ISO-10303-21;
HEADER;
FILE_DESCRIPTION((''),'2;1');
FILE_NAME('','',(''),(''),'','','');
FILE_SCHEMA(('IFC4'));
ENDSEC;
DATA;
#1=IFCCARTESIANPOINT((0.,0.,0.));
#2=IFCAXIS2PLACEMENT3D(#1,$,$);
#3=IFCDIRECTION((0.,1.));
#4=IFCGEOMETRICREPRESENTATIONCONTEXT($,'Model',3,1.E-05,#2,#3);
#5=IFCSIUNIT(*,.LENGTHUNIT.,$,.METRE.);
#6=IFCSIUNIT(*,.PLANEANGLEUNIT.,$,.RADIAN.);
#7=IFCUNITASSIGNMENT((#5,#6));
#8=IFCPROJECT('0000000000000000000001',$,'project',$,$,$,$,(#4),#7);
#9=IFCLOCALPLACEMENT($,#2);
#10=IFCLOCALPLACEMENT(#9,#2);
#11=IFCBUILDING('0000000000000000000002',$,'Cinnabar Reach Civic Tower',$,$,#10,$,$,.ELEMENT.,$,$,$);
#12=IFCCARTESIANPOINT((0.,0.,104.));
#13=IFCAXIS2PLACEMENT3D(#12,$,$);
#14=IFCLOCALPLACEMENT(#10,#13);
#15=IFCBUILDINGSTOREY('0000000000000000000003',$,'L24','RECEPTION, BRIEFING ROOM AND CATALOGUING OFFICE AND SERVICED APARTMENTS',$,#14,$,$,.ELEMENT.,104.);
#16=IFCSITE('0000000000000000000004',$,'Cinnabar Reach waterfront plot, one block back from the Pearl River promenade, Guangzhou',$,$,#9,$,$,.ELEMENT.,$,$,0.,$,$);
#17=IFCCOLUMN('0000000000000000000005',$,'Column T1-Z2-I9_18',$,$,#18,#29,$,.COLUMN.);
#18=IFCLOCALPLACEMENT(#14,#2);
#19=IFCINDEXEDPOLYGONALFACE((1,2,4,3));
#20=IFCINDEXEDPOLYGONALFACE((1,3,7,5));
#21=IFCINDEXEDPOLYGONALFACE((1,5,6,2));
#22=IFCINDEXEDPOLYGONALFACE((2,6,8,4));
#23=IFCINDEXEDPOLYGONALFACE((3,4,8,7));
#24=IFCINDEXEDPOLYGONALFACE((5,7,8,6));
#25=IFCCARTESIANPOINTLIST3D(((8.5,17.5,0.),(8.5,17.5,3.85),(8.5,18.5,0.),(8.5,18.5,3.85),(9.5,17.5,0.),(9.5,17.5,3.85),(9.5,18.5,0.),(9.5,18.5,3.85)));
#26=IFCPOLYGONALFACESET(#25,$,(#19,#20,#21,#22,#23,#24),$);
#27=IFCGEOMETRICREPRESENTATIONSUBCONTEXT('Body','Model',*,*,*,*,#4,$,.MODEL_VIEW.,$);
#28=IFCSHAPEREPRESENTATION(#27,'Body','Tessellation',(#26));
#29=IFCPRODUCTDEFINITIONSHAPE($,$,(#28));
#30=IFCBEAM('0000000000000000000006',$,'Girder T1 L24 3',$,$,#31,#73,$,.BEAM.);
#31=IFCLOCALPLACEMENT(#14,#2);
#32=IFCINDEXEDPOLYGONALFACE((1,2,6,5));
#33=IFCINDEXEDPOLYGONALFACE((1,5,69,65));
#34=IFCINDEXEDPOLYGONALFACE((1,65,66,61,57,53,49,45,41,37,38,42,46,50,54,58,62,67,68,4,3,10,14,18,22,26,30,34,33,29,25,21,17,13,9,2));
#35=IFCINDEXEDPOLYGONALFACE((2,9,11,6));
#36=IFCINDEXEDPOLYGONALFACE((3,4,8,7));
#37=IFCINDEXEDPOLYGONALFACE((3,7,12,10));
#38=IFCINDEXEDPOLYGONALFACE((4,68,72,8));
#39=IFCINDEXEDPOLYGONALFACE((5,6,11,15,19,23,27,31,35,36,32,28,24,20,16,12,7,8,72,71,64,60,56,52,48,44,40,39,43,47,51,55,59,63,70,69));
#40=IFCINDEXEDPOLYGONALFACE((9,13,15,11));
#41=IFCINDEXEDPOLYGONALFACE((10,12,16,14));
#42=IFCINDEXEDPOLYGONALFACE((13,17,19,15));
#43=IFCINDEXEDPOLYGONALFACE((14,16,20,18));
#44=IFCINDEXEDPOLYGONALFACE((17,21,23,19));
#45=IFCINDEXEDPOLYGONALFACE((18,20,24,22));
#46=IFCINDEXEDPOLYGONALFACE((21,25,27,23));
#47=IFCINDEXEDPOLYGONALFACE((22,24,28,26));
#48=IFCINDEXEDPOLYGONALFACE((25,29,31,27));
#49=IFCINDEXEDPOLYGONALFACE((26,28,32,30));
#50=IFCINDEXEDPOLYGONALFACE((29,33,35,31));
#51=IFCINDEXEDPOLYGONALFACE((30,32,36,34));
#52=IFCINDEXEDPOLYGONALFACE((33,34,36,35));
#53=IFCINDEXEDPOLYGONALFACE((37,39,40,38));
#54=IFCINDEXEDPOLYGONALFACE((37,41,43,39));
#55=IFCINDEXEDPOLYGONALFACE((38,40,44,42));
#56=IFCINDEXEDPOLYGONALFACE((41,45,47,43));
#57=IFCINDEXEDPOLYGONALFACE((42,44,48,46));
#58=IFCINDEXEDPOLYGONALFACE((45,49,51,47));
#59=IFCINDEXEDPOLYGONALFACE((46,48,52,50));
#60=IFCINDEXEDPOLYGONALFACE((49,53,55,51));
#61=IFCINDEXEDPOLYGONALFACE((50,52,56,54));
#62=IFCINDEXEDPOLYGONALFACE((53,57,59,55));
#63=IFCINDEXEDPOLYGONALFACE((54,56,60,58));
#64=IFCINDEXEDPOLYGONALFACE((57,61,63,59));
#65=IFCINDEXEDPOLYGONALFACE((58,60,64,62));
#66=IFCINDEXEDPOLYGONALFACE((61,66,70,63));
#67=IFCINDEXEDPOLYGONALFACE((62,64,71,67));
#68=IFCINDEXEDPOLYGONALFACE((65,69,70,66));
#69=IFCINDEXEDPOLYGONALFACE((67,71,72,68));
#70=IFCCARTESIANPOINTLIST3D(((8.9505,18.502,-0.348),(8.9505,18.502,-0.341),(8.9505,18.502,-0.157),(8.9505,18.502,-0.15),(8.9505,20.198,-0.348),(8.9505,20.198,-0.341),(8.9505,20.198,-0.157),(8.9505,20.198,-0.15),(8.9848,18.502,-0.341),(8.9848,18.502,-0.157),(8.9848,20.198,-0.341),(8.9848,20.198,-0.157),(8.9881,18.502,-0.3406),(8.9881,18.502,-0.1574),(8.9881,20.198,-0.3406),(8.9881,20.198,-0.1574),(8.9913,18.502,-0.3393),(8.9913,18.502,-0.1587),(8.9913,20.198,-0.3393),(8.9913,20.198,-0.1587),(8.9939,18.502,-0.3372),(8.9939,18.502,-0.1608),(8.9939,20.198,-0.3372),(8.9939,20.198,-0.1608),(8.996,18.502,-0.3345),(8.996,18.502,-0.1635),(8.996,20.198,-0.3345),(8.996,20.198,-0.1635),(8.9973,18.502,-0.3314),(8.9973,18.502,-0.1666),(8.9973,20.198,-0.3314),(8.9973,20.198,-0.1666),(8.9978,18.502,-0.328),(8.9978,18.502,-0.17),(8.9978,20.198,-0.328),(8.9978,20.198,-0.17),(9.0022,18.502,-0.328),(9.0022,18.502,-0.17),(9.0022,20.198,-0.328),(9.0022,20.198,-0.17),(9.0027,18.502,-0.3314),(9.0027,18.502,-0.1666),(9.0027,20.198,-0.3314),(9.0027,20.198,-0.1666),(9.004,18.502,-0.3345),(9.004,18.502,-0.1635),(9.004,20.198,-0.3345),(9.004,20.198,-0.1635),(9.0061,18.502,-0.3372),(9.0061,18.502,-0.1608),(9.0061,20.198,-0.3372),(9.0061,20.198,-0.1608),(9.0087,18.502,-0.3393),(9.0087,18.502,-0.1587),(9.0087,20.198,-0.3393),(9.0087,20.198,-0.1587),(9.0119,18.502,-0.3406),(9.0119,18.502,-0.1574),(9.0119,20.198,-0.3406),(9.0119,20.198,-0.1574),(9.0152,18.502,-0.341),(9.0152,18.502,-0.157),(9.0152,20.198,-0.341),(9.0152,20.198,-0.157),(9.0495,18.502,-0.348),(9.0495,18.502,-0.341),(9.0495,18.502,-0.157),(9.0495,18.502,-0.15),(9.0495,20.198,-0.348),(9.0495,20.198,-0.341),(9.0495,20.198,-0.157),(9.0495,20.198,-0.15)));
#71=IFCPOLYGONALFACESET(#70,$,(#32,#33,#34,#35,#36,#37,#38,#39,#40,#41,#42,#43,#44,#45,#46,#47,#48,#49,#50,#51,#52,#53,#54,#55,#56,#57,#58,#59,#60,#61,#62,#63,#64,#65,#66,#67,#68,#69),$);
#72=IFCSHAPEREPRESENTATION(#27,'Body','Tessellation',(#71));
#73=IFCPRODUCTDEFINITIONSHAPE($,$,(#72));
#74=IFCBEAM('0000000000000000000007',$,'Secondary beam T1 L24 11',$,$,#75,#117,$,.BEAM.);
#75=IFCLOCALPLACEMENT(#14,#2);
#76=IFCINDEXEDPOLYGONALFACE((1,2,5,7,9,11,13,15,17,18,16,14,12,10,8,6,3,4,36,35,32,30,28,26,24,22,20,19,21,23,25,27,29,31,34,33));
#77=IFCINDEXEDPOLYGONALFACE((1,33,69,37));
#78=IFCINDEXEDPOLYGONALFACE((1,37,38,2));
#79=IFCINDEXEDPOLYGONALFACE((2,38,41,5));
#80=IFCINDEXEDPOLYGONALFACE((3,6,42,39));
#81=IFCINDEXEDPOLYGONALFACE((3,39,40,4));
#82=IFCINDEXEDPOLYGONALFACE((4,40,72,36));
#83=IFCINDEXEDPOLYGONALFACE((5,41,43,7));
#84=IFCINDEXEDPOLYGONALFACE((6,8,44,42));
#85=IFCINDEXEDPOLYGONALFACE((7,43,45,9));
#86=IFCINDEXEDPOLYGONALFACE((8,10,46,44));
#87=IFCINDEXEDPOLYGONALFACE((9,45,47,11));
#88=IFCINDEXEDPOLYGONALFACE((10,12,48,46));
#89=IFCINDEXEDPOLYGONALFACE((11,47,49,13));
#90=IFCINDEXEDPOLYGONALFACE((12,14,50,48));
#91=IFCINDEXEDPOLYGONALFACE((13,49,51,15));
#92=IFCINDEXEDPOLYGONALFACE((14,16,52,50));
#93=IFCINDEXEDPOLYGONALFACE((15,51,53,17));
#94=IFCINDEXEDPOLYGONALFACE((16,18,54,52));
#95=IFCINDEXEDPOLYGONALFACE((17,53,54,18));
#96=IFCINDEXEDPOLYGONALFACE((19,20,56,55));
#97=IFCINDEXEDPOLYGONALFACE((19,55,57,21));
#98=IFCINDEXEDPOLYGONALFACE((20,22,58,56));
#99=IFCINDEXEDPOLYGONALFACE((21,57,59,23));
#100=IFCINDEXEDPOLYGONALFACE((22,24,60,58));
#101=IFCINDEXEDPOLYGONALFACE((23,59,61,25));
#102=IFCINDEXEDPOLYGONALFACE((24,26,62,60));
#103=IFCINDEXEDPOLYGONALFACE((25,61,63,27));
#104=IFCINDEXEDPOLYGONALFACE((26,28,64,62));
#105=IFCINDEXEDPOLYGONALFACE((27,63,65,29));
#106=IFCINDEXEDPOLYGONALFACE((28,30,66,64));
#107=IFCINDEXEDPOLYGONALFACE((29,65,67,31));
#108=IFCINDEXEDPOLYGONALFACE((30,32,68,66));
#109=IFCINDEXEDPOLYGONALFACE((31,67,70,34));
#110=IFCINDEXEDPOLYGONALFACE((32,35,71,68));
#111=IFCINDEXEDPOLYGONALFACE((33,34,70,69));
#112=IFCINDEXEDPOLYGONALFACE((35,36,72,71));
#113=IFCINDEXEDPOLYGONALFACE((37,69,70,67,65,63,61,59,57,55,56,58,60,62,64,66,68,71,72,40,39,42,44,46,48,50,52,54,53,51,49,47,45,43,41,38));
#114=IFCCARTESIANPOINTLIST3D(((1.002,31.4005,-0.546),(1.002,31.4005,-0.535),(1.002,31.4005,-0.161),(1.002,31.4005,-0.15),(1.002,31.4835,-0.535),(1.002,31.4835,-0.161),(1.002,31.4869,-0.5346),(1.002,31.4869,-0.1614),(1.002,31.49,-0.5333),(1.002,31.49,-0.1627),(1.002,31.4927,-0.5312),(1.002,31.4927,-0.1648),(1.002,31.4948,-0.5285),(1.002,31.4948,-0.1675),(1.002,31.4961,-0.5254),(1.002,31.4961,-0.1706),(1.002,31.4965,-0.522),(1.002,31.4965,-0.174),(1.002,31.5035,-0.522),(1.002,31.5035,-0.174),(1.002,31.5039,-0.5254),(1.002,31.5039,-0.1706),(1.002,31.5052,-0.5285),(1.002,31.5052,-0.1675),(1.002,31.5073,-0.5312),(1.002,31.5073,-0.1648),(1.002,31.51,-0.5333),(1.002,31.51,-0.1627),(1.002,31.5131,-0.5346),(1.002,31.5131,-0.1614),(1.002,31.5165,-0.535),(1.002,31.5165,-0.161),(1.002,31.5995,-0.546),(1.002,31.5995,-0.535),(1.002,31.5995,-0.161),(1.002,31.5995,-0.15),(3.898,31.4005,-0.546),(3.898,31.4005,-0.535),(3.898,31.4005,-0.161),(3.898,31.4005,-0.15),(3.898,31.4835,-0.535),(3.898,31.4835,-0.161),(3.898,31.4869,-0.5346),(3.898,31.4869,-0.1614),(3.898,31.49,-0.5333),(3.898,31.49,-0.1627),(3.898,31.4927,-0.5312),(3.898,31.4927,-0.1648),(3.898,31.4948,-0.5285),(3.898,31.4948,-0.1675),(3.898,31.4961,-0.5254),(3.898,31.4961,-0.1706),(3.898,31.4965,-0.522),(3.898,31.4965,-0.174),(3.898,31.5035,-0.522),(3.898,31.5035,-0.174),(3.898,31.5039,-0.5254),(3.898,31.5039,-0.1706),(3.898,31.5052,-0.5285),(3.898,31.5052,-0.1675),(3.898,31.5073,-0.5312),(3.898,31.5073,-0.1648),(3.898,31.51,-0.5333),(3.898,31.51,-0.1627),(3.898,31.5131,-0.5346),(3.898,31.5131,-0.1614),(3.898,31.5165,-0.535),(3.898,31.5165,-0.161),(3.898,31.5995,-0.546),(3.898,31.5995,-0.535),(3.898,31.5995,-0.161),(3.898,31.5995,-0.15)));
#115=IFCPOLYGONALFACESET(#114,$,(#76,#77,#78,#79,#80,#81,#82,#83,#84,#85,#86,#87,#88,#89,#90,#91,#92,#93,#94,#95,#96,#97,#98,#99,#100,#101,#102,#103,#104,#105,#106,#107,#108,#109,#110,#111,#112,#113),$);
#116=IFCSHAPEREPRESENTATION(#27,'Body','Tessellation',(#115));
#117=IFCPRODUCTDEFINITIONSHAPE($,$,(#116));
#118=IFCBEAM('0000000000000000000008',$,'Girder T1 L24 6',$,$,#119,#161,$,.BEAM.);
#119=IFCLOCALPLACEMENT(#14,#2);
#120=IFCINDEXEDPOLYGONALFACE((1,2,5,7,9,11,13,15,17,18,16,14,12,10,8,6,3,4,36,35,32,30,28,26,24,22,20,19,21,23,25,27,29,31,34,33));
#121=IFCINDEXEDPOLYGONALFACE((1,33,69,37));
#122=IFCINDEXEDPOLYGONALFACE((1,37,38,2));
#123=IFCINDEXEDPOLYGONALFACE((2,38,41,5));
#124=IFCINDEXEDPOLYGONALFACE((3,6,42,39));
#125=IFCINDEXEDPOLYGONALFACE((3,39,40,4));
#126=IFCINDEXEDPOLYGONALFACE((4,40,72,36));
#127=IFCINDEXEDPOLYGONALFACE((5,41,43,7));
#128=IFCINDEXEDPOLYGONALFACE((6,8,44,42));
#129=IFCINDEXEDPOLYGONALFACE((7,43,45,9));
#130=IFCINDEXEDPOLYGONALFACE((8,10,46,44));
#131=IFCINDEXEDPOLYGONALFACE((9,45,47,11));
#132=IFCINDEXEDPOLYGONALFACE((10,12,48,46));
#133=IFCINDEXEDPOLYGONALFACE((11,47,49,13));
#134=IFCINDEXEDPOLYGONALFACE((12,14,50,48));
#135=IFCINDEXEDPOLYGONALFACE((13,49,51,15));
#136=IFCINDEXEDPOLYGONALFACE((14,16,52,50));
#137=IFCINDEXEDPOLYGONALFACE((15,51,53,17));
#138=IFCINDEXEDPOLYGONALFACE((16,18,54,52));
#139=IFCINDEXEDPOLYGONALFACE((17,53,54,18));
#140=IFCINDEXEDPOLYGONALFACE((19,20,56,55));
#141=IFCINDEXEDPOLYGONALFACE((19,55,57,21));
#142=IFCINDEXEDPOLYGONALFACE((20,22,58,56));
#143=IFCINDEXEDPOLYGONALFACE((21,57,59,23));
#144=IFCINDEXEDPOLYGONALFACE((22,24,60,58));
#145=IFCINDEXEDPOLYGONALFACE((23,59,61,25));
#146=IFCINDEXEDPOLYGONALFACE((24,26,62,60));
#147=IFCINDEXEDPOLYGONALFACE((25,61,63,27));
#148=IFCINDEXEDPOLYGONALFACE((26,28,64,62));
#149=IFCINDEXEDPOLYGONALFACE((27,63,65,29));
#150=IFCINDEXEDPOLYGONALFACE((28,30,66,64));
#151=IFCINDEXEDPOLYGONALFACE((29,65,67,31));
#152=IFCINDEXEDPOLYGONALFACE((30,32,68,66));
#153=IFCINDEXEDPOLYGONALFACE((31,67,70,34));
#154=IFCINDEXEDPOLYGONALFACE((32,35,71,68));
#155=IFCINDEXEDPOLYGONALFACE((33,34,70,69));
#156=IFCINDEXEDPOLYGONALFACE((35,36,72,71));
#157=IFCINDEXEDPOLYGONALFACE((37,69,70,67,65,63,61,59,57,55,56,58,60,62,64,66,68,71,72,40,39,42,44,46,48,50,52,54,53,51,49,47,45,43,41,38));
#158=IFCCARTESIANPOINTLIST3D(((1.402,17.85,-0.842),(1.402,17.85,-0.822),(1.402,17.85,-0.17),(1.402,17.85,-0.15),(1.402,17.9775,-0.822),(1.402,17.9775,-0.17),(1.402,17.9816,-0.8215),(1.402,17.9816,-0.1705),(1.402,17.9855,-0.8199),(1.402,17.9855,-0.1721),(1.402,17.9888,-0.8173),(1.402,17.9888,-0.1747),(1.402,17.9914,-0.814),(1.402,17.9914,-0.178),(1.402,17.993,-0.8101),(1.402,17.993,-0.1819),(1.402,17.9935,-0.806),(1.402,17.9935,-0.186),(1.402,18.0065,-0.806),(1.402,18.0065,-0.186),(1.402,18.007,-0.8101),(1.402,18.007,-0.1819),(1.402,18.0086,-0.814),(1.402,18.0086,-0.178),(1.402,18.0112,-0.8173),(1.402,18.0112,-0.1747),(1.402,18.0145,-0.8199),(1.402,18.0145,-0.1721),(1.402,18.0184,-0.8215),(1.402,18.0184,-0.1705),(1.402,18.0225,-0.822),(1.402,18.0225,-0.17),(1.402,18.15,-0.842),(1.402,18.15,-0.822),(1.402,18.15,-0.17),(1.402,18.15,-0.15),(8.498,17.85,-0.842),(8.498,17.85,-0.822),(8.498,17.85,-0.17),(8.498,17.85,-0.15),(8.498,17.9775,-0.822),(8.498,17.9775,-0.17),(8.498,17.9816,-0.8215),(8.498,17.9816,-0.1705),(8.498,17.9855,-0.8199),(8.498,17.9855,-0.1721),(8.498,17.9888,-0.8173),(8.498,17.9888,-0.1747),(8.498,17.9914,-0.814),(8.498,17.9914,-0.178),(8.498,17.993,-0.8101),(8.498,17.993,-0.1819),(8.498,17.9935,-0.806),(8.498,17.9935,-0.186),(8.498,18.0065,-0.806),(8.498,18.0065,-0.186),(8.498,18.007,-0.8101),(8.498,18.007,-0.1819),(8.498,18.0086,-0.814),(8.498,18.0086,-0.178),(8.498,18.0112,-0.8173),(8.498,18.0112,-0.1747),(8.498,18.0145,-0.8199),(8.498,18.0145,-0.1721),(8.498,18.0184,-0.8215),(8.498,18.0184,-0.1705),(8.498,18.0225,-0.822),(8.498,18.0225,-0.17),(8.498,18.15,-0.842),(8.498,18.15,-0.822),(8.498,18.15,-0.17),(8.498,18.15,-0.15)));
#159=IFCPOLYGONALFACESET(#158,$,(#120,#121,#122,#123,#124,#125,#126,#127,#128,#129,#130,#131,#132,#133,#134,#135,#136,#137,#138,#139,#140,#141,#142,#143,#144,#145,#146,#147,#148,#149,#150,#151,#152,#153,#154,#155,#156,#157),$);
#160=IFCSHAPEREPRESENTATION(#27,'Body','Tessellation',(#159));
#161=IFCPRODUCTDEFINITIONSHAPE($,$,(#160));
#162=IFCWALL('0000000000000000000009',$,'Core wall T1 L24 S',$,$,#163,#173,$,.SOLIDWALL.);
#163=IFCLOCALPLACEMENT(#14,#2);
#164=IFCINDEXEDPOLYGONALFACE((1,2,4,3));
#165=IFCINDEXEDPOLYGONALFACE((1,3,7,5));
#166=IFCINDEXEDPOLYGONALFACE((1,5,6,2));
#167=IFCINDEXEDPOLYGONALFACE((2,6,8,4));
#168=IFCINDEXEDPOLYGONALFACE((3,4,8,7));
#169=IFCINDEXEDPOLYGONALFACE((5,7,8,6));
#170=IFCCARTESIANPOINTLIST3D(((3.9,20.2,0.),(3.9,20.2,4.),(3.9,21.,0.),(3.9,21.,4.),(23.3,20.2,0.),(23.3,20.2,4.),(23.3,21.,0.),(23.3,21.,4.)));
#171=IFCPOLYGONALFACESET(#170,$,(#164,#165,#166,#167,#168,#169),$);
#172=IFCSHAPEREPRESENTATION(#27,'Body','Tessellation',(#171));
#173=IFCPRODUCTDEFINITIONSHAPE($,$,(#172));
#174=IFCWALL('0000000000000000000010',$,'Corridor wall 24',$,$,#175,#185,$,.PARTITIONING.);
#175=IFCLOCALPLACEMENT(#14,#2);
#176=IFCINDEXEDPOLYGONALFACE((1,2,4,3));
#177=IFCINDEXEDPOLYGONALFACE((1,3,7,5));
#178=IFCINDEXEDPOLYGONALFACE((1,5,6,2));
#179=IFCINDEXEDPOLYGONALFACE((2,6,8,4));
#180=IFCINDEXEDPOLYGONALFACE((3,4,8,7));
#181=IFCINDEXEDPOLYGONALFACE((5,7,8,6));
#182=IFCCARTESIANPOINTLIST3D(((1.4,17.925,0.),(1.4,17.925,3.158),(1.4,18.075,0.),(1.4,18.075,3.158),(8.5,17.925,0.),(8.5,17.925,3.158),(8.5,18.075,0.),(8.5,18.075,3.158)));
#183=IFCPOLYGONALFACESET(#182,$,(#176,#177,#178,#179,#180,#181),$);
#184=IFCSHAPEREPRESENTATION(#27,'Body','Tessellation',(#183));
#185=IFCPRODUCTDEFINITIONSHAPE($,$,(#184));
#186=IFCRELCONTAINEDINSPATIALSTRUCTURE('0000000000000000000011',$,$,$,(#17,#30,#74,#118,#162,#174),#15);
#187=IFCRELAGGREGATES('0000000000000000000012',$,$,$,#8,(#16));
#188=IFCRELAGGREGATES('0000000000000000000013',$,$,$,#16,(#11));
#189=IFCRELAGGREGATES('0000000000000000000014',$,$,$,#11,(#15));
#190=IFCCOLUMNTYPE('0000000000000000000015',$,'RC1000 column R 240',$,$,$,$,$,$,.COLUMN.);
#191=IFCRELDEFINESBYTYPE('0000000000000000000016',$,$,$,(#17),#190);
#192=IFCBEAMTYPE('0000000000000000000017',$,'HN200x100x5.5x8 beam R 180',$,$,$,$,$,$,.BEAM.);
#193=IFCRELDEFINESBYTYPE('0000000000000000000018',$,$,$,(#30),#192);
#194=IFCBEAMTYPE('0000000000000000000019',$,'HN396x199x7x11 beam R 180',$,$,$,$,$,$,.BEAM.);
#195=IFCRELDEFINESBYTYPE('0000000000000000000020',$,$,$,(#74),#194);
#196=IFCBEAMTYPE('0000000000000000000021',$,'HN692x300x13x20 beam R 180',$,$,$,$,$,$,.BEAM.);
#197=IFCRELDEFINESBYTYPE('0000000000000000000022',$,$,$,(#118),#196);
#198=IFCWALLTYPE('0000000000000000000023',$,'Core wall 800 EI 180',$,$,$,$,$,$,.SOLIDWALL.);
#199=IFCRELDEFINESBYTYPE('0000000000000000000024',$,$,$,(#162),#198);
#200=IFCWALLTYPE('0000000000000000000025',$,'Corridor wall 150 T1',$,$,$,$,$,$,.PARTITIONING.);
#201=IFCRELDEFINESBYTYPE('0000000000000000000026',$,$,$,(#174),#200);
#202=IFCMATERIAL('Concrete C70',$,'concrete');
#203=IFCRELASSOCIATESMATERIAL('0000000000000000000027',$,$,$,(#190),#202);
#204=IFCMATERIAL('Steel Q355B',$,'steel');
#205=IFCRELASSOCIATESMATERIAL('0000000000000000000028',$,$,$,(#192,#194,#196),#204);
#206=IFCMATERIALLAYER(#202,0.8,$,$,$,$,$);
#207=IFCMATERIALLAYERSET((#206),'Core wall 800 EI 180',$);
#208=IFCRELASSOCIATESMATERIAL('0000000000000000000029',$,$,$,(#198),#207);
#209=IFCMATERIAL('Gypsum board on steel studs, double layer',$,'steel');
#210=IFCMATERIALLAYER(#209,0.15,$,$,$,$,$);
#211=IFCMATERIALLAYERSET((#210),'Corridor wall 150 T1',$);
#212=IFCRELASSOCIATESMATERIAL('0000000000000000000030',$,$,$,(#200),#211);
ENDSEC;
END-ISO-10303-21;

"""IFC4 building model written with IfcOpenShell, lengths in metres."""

from ifc_helpers import new_model, si_unit, direction, frame, frame_2d, origin, origin_2d, place, context, subcontext, project, spatial, rectangle, i_section, extrude, material, layer, layer_set, material_profile, profile_set, type_object, element, save


model = new_model("IFC4")

# Units and contexts
model_context = context("Model", 3, precision=1e-05, world=origin(), true_north=direction((0.0, 1.0)))
body_context = subcontext(model_context, "Body", "Model", "MODEL_VIEW")
ifc_project = project(units=[si_unit("LENGTHUNIT", "METRE"), si_unit("PLANEANGLEUNIT", "RADIAN")], contexts=[model_context])

# Site, building, storey
site_placement = place(None, origin())
site = spatial("IfcSite", under=ifc_project, at=site_placement, Name="Cinnabar Reach waterfront plot, one block back from the Pearl River promenade, Guangzhou", CompositionType="ELEMENT", RefElevation=0.0)
building_placement = place(site_placement, origin())
building = spatial("IfcBuilding", under=site, at=building_placement, Name="Cinnabar Reach Civic Tower", CompositionType="ELEMENT")
storey_placement = place(building_placement, frame((0.0, 0.0, 104.0)))
storey = spatial("IfcBuildingStorey", under=building, at=storey_placement, Name="L24", Description="RECEPTION, BRIEFING ROOM AND CATALOGUING OFFICE AND SERVICED APARTMENTS", CompositionType="ELEMENT", Elevation=104.0)

# Column
ifc_material_1 = material(Name="Concrete C70", Category="concrete")
ifc_material_profile_1 = material_profile(ifc_material_1, rectangle(XDim=1.0, YDim=1.0, at=origin_2d()), Name="RC1000")
ifc_profile_set_1 = profile_set([ifc_material_profile_1], Name="Concrete C70")
column_type = type_object("IfcColumnType", Name="RC1000 column R 240", PredefinedType="COLUMN", material=ifc_profile_set_1)
column_placement = place(storey_placement, frame((9.0, 18.0, 0.0), z_axis=(0.0, 0.0, 1.0), x_axis=(1.0, 0.0, 0.0)))
element("IfcColumn", 1, at=column_placement, inside=storey, type_object=column_type, Name="Column T1-Z2-I9_18", PredefinedType="COLUMN", context=body_context, shape_type="SweptSolid", body=[
    extrude(rectangle(XDim=1.0, YDim=1.0, at=origin_2d()), origin(), (0.0, 0.0, 1.0), 3.85),
])

# Beams
ifc_material_2 = material(Name="Steel Q355B", Category="steel")
ifc_material_profile_2 = material_profile(ifc_material_2, i_section(OverallWidth=0.099, OverallDepth=0.198, WebThickness=0.0045, FlangeThickness=0.007, FilletRadius=0.013, at=origin_2d()), Name="HN200x100x5.5x8")
ifc_profile_set_2 = profile_set([ifc_material_profile_2], Name="Steel Q355B")
beam_type_1 = type_object("IfcBeamType", Name="HN200x100x5.5x8 beam R 180", PredefinedType="BEAM", material=ifc_profile_set_2)
beam_1_placement = place(storey_placement, frame((9.0, 18.502, -0.249), z_axis=(0.0, 1.0, 0.0), x_axis=(-1.0, 0.0, 0.0)))
element("IfcBeam", 2, at=beam_1_placement, inside=storey, type_object=beam_type_1, Name="Girder T1 L24 3", PredefinedType="BEAM", context=body_context, shape_type="SweptSolid", body=[
    extrude(i_section(OverallWidth=0.099, OverallDepth=0.198, WebThickness=0.0045, FlangeThickness=0.007, FilletRadius=0.013, at=origin_2d()), origin(), (0.0, 0.0, 1.0), 1.696),
])
ifc_material_profile_3 = material_profile(ifc_material_2, i_section(OverallWidth=0.199, OverallDepth=0.396, WebThickness=0.007, FlangeThickness=0.011, FilletRadius=0.013, at=origin_2d()), Name="HN396x199x7x11")
ifc_profile_set_3 = profile_set([ifc_material_profile_3], Name="Steel Q355B")
beam_type_2 = type_object("IfcBeamType", Name="HN396x199x7x11 beam R 180", PredefinedType="BEAM", material=ifc_profile_set_3)
beam_2_placement = place(storey_placement, frame((1.002, 31.5, -0.348), z_axis=(1.0, 0.0, 0.0), x_axis=(0.0, 1.0, 0.0)))
element("IfcBeam", 3, at=beam_2_placement, inside=storey, type_object=beam_type_2, Name="Secondary beam T1 L24 11", PredefinedType="BEAM", context=body_context, shape_type="SweptSolid", body=[
    extrude(i_section(OverallWidth=0.199, OverallDepth=0.396, WebThickness=0.007, FlangeThickness=0.011, FilletRadius=0.013, at=origin_2d()), origin(), (0.0, 0.0, 1.0), 2.896),
])
ifc_material_profile_4 = material_profile(ifc_material_2, i_section(OverallWidth=0.3, OverallDepth=0.692, WebThickness=0.013, FlangeThickness=0.02, FilletRadius=0.016, at=origin_2d()), Name="HN692x300x13x20")
ifc_profile_set_4 = profile_set([ifc_material_profile_4], Name="Steel Q355B")
beam_type_3 = type_object("IfcBeamType", Name="HN692x300x13x20 beam R 180", PredefinedType="BEAM", material=ifc_profile_set_4)
beam_3_placement = place(storey_placement, frame((1.402, 18.0, -0.496), z_axis=(1.0, 0.0, 0.0), x_axis=(0.0, 1.0, 0.0)))
element("IfcBeam", 4, at=beam_3_placement, inside=storey, type_object=beam_type_3, Name="Girder T1 L24 6", PredefinedType="BEAM", context=body_context, shape_type="SweptSolid", body=[
    extrude(i_section(OverallWidth=0.3, OverallDepth=0.692, WebThickness=0.013, FlangeThickness=0.02, FilletRadius=0.016, at=origin_2d()), origin(), (0.0, 0.0, 1.0), 7.096),
])

# Walls
ifc_layer_1 = layer(ifc_material_1, 0.8)
ifc_layer_set_1 = layer_set([ifc_layer_1], Name="Core wall 800 EI 180")
wall_type_1 = type_object("IfcWallType", Name="Core wall 800 EI 180", PredefinedType="SOLIDWALL", material=ifc_layer_set_1)
wall_1_placement = place(storey_placement, frame((3.9, 20.6, 0.0), z_axis=(0.0, 0.0, 1.0), x_axis=(1.0, 0.0, 0.0)))
element("IfcWall", 5, at=wall_1_placement, inside=storey, type_object=wall_type_1, Name="Core wall T1 L24 S", PredefinedType="SOLIDWALL", context=body_context, shape_type="SweptSolid", body=[
    extrude(rectangle(XDim=19.4, YDim=0.8, at=frame_2d((9.7, 0.0))), origin(), (0.0, 0.0, 1.0), 4.0),
])
ifc_material_3 = material(Name="Gypsum board on steel studs, double layer", Category="steel")
ifc_layer_2 = layer(ifc_material_3, 0.15)
ifc_layer_set_2 = layer_set([ifc_layer_2], Name="Corridor wall 150 T1")
wall_type_2 = type_object("IfcWallType", Name="Corridor wall 150 T1", PredefinedType="PARTITIONING", material=ifc_layer_set_2)
wall_2_placement = place(storey_placement, frame((1.4, 18.0, 0.0), z_axis=(0.0, 0.0, 1.0), x_axis=(1.0, 0.0, 0.0)))
element("IfcWall", 6, at=wall_2_placement, inside=storey, type_object=wall_type_2, Name="Corridor wall 24", PredefinedType="PARTITIONING", context=body_context, shape_type="SweptSolid", body=[
    extrude(rectangle(XDim=7.1, YDim=0.15, at=frame_2d((3.55, 0.0))), origin(), (0.0, 0.0, 1.0), 3.158),
])

save(model, "model.ifc")
